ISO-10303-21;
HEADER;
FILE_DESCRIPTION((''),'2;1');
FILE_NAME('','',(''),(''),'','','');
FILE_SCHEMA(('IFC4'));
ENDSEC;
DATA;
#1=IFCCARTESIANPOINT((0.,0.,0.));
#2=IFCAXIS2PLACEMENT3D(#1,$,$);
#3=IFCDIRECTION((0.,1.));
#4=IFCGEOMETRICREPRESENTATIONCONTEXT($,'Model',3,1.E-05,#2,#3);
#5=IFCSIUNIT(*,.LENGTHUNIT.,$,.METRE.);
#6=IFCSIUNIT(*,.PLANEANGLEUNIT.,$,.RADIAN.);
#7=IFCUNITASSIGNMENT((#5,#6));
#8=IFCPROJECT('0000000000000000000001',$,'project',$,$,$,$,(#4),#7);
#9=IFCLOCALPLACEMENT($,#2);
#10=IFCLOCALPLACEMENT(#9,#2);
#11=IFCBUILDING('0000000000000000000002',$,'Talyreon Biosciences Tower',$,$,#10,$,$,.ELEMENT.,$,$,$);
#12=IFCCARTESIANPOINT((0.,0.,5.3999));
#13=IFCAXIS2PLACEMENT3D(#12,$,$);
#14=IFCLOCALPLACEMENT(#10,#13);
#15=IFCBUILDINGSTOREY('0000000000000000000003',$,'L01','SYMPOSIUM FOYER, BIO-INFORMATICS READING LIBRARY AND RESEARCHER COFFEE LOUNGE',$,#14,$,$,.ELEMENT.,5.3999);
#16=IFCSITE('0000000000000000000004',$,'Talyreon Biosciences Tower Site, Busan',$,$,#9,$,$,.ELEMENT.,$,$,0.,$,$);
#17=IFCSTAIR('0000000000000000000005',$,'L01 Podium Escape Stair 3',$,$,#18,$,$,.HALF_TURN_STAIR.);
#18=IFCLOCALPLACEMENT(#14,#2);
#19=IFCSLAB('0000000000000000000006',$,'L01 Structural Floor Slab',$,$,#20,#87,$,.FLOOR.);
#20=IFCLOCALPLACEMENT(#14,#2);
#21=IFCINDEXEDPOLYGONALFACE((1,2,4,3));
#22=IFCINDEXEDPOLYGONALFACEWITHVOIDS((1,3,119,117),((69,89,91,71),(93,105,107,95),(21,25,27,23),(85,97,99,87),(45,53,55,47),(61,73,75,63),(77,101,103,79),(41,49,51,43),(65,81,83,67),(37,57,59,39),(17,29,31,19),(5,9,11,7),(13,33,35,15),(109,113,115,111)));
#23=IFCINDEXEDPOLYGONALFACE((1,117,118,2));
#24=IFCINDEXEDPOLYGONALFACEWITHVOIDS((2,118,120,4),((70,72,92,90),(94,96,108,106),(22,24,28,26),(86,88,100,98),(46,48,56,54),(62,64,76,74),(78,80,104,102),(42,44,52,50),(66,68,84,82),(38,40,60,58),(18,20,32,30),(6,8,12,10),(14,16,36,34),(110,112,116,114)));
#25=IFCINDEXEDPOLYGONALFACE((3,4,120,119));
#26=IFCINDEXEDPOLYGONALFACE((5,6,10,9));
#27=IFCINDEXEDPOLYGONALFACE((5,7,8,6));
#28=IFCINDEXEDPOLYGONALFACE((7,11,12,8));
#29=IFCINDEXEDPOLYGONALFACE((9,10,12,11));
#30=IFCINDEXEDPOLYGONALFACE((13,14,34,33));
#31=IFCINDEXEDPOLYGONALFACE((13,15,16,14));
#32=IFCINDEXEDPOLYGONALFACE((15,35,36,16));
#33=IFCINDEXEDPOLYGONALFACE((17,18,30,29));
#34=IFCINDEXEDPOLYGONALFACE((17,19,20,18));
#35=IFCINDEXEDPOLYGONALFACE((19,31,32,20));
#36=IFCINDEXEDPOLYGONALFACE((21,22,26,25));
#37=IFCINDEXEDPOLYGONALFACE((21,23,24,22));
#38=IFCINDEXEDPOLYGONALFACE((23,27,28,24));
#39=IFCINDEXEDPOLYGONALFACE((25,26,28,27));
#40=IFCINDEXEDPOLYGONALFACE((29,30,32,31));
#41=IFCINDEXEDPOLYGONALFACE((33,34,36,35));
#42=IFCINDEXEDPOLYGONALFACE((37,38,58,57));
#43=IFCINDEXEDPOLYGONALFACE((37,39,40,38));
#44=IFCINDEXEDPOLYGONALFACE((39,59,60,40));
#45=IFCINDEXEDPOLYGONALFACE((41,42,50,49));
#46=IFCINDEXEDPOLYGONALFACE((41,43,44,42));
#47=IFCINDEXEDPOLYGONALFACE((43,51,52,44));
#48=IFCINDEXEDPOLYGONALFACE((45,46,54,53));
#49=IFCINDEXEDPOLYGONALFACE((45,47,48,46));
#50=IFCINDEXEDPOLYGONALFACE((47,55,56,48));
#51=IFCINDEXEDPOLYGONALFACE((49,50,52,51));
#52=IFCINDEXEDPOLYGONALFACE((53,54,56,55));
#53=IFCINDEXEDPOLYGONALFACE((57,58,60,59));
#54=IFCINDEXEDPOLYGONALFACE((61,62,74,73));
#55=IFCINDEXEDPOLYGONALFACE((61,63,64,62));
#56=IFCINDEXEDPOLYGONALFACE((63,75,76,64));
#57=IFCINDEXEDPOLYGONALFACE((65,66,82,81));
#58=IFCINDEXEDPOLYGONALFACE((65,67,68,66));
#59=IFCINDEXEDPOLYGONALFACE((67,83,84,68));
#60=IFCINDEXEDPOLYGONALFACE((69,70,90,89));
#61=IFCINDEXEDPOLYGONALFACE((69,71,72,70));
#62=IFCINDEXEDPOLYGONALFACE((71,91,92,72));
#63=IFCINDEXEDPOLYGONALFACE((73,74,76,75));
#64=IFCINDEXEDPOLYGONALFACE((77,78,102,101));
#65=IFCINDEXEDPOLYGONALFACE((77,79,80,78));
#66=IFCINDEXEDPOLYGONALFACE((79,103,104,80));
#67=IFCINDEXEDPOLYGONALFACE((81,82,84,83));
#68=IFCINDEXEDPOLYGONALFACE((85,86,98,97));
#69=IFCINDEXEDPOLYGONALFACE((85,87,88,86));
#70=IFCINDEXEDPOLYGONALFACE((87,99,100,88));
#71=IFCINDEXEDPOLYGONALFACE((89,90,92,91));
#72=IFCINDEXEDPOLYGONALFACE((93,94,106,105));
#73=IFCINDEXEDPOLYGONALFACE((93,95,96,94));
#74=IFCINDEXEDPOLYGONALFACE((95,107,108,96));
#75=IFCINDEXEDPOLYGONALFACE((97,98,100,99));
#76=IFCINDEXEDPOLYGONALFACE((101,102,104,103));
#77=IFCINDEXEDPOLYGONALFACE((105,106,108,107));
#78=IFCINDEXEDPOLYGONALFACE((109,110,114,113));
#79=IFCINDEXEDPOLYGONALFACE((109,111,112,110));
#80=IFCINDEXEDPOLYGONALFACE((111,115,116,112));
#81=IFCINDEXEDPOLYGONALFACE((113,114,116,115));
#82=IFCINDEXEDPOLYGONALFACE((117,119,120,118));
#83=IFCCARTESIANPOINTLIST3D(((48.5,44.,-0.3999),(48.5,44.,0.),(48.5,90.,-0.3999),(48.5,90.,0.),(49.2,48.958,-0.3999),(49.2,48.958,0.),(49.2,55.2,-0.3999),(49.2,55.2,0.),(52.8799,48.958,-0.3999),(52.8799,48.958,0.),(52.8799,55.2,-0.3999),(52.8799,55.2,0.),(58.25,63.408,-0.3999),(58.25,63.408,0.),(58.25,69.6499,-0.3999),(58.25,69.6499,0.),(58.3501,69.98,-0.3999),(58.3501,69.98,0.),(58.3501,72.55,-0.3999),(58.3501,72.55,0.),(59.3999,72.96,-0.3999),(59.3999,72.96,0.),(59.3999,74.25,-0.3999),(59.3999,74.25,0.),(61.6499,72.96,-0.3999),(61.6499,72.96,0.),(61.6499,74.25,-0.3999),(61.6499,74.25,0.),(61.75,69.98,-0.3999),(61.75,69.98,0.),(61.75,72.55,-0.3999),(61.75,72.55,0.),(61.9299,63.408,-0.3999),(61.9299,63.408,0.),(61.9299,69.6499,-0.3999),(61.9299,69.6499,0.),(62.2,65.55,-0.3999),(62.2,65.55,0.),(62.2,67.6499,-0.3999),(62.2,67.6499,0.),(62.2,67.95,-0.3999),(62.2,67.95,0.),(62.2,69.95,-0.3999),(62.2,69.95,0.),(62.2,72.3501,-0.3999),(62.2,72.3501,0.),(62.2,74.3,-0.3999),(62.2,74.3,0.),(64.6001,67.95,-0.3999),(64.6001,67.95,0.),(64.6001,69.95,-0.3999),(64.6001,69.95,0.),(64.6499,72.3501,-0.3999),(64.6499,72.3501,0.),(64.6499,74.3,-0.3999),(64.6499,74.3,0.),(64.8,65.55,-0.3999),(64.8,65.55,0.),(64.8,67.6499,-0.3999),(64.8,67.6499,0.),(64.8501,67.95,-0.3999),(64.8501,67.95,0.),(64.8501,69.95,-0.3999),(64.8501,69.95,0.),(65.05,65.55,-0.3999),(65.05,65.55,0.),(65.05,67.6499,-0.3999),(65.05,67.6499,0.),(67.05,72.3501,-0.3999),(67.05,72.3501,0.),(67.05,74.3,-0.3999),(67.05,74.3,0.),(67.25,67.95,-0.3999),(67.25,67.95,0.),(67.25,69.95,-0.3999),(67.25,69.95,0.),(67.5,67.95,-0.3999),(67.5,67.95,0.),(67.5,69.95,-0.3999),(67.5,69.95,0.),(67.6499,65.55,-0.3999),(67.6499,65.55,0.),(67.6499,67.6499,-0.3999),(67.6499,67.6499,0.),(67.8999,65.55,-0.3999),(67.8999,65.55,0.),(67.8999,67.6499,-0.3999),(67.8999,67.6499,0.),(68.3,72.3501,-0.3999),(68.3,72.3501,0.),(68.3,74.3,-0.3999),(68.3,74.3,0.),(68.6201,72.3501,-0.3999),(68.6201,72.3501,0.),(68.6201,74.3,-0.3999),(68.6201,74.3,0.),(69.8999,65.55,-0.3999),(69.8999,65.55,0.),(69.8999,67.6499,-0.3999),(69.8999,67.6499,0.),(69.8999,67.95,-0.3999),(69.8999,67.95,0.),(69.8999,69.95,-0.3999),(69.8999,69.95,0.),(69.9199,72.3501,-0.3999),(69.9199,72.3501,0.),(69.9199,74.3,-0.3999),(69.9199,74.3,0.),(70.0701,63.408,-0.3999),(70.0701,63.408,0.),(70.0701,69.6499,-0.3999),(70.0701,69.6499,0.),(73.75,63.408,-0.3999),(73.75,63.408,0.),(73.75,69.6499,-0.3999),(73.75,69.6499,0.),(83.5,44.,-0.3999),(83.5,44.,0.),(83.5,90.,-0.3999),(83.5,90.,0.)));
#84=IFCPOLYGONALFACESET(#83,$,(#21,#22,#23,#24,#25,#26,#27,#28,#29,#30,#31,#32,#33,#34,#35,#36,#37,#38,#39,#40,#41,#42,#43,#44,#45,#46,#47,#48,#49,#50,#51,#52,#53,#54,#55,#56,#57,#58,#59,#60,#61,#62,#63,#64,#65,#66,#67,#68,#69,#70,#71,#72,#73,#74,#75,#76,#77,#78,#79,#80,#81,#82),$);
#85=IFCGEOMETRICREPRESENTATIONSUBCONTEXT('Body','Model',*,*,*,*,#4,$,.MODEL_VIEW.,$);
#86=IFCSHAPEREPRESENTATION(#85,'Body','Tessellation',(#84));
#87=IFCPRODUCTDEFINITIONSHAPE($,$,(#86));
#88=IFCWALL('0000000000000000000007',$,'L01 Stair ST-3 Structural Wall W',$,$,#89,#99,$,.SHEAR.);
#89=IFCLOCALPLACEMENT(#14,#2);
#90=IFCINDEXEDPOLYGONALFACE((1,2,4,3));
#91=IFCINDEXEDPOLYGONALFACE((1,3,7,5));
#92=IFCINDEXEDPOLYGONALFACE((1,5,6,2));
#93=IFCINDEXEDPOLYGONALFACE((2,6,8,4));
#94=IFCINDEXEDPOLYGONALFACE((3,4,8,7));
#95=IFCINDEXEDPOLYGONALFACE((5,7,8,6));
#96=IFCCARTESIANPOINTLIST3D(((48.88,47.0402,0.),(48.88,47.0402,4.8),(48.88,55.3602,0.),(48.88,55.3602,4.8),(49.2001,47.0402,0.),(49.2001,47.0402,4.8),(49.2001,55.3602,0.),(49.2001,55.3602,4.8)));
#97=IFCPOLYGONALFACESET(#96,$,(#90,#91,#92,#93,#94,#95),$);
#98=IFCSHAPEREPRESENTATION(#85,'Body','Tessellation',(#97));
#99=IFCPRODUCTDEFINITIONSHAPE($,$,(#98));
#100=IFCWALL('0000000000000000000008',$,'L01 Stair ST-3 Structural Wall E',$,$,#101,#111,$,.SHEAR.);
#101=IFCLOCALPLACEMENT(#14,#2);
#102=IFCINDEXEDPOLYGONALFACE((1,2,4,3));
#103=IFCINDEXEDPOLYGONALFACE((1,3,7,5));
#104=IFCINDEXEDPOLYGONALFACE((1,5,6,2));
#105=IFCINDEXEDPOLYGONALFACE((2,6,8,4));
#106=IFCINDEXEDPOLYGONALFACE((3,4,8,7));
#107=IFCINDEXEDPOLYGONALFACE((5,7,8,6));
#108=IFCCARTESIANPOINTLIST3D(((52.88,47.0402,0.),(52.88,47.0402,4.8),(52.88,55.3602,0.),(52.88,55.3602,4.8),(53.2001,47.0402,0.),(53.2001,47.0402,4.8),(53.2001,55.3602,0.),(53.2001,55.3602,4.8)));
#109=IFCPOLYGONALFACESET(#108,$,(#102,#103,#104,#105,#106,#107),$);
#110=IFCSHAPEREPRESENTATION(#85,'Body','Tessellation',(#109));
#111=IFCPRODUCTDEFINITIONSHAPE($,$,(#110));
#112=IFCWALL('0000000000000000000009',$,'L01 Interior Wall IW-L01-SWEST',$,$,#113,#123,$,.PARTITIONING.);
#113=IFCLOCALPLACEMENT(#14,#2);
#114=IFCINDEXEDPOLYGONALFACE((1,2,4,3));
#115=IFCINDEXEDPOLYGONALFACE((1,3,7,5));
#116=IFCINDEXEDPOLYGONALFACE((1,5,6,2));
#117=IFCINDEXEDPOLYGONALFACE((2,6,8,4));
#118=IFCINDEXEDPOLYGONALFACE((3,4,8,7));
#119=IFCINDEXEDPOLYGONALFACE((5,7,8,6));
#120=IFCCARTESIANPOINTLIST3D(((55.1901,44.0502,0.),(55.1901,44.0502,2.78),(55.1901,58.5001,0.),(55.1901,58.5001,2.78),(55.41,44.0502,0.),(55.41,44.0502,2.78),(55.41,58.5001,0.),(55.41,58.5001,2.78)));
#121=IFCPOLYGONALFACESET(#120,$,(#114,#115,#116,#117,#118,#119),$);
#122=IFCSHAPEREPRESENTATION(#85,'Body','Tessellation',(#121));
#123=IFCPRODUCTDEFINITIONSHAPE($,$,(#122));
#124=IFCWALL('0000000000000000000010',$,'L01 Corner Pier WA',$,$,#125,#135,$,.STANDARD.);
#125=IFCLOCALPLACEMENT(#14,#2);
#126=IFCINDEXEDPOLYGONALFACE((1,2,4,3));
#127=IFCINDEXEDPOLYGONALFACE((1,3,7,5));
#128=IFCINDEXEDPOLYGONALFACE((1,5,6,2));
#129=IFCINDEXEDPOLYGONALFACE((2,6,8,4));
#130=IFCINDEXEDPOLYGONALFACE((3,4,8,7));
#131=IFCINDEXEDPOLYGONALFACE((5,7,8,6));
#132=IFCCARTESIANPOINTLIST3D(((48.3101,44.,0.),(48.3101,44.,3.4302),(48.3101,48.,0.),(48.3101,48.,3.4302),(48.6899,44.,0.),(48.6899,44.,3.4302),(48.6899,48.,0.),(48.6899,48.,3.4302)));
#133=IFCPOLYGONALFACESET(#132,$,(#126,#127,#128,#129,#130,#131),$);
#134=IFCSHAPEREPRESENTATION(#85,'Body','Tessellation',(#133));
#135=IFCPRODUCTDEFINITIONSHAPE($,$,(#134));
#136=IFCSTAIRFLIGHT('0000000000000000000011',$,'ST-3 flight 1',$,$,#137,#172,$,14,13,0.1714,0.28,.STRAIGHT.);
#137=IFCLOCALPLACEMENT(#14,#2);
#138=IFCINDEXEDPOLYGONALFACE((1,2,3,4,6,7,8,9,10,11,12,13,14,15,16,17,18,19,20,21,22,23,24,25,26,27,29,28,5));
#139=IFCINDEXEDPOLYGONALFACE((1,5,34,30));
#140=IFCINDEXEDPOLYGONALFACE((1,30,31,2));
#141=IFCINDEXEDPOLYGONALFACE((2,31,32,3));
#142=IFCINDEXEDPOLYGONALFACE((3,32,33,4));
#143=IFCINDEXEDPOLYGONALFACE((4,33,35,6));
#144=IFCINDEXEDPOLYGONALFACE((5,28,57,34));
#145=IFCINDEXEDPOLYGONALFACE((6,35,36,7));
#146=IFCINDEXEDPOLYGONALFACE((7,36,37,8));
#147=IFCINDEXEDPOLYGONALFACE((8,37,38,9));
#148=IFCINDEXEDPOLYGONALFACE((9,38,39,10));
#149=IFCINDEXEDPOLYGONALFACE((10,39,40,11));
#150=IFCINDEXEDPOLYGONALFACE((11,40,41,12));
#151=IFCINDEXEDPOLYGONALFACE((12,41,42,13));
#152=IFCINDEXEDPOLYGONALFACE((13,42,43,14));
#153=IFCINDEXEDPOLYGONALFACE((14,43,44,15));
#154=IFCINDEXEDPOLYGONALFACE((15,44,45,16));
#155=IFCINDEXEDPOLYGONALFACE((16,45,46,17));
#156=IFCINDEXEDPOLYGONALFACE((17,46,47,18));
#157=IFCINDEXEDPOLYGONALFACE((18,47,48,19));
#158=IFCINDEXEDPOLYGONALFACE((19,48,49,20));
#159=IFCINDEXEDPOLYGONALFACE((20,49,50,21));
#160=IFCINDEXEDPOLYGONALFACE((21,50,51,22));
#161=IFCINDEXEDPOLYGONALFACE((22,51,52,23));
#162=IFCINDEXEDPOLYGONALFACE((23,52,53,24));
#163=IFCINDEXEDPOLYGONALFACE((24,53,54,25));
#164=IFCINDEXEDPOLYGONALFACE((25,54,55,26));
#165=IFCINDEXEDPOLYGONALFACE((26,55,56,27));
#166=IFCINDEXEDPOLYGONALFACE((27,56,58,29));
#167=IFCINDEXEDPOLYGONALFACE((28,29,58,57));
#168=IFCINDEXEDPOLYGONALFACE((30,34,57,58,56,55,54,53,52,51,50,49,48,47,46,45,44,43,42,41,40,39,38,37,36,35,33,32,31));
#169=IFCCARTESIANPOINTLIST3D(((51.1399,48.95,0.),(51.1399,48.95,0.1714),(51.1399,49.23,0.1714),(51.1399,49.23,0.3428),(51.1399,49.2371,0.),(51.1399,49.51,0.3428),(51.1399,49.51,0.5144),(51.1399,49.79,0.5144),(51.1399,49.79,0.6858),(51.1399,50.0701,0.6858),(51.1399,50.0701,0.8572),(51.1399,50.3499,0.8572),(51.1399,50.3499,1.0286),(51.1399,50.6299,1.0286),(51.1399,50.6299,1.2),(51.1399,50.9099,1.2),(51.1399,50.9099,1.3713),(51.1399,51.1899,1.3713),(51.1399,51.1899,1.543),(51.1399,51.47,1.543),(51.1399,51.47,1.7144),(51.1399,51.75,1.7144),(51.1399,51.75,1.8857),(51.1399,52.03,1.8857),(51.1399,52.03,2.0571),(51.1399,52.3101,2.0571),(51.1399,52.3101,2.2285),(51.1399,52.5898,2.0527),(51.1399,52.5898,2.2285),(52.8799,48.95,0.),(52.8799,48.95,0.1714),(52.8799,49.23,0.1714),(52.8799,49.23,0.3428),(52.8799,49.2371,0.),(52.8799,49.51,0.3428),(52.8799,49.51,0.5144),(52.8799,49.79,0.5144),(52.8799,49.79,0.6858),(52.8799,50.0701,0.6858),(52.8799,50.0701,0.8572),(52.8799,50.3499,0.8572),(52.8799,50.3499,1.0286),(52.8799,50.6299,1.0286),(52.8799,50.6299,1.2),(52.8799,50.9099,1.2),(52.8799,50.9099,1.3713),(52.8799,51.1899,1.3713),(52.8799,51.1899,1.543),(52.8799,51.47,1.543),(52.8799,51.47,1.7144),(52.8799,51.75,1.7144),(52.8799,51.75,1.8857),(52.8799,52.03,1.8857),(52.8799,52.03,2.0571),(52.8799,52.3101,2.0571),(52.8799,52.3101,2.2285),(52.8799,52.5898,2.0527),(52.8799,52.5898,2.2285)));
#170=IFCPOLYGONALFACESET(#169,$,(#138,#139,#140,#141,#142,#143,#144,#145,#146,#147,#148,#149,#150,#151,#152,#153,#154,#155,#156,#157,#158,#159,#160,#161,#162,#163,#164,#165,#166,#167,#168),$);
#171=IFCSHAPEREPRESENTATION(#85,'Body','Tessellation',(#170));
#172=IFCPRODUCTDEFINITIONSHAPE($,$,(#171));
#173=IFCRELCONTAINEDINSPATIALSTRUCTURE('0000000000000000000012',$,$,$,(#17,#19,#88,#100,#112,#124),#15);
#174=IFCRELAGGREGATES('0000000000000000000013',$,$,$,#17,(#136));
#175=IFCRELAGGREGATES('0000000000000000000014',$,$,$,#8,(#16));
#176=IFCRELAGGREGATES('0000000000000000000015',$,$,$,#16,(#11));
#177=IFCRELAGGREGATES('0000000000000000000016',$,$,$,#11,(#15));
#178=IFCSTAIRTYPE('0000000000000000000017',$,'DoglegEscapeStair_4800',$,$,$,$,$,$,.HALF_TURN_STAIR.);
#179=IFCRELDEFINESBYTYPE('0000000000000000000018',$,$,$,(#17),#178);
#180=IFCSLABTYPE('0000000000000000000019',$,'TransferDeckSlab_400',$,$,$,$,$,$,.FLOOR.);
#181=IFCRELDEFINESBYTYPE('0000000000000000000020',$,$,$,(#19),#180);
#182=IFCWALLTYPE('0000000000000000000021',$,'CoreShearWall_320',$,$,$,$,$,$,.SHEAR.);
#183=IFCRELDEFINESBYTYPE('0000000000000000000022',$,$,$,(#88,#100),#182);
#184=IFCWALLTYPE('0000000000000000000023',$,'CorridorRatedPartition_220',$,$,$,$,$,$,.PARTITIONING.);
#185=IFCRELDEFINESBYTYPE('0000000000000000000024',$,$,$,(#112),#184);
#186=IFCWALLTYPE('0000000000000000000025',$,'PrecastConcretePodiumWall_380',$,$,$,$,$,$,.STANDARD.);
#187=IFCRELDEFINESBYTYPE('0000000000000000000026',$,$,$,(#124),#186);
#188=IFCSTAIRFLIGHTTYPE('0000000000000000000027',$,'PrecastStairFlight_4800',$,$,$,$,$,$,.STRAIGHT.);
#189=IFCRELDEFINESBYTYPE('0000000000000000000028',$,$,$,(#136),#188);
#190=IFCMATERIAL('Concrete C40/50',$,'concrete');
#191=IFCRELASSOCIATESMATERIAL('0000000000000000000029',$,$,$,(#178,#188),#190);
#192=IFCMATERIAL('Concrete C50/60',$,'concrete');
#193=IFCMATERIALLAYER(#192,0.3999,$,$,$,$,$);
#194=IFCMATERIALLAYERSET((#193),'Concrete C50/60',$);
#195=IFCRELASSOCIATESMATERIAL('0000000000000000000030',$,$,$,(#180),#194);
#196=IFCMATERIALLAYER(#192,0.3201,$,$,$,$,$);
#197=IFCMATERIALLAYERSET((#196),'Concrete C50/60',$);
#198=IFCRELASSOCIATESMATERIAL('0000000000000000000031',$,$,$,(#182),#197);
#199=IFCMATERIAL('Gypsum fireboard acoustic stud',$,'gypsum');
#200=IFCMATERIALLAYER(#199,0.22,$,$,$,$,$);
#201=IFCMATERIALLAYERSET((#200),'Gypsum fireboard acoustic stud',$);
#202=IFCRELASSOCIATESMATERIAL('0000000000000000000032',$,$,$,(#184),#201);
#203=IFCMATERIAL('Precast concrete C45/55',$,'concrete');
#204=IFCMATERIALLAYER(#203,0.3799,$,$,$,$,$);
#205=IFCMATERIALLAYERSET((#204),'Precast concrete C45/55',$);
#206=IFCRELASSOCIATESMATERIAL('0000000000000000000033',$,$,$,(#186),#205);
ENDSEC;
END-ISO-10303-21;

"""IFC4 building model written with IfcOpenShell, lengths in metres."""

from ifc_helpers import new_model, si_unit, direction, frame, frame_2d, origin, place, context, subcontext, project, spatial, polyline, rectangle, outline, extrude, material, layer, layer_set, type_object, element, aggregate, save


model = new_model("IFC4")

# Units and contexts
model_context = context("Model", 3, precision=1e-05, world=origin(), true_north=direction((0.0, 1.0)))
body_context = subcontext(model_context, "Body", "Model", "MODEL_VIEW")
ifc_project = project(units=[si_unit("LENGTHUNIT", "METRE"), si_unit("PLANEANGLEUNIT", "RADIAN")], contexts=[model_context])

# Site, building, storey
site_placement = place(None, origin())
site = spatial("IfcSite", under=ifc_project, at=site_placement, Name="Talyreon Biosciences Tower Site, Busan", CompositionType="ELEMENT", RefElevation=0.0)
building_placement = place(site_placement, origin())
building = spatial("IfcBuilding", under=site, at=building_placement, Name="Talyreon Biosciences Tower", CompositionType="ELEMENT")
storey_placement = place(building_placement, frame((0.0, 0.0, 5.3999)))
storey = spatial("IfcBuildingStorey", under=building, at=storey_placement, Name="L01", Description="SYMPOSIUM FOYER, BIO-INFORMATICS READING LIBRARY AND RESEARCHER COFFEE LOUNGE", CompositionType="ELEMENT", Elevation=5.3999)

# Shared definitions
ifc_material_1 = material(Name="Concrete C50/60", Category="concrete")

# Stair
ifc_material_2 = material(Name="Concrete C40/50", Category="concrete")
stair_type = type_object("IfcStairType", Name="DoglegEscapeStair_4800", PredefinedType="HALF_TURN_STAIR", material=ifc_material_2)
stair_1_placement = place(storey_placement, origin())
stair_1 = element("IfcStair", 1, at=stair_1_placement, inside=storey, type_object=stair_type, Name="L01 Podium Escape Stair 3", PredefinedType="HALF_TURN_STAIR")

# Slab
ifc_layer_1 = layer(ifc_material_1, 0.3999)
ifc_layer_set_1 = layer_set([ifc_layer_1], Name="Concrete C50/60")
slab_type_1 = type_object("IfcSlabType", Name="TransferDeckSlab_400", PredefinedType="FLOOR", material=ifc_layer_set_1)
slab_1_placement = place(storey_placement, frame((0.0, 0.0, -0.3999)))
element("IfcSlab", 2, at=slab_1_placement, inside=storey, type_object=slab_type_1, Name="L01 Structural Floor Slab", PredefinedType="FLOOR", context=body_context, shape_type="SweptSolid", body=[
    extrude(outline(polyline([(48.5, 44.0), (83.5, 44.0), (83.5, 90.0), (48.5, 90.0), (48.5, 44.0)]), holes=[polyline([(52.8799, 55.2), (52.8799, 48.958), (49.2, 48.958), (49.2, 55.2), (52.8799, 55.2)]), polyline([(61.9299, 63.408), (58.25, 63.408), (58.25, 69.6499), (61.9299, 69.6499), (61.9299, 63.408)]), polyline([(64.8, 65.55), (62.2, 65.55), (62.2, 67.6499), (64.8, 67.6499), (64.8, 65.55)]), polyline([(64.6001, 67.95), (62.2, 67.95), (62.2, 69.95), (64.6001, 69.95), (64.6001, 67.95)]), polyline([(61.75, 69.98), (58.3501, 69.98), (58.3501, 72.55), (61.75, 72.55), (61.75, 69.98)]), polyline([(64.6499, 72.3501), (62.2, 72.3501), (62.2, 74.3), (64.6499, 74.3), (64.6499, 72.3501)]), polyline([(61.6499, 72.96), (59.3999, 72.96), (59.3999, 74.25), (61.6499, 74.25), (61.6499, 72.96)]), polyline([(73.75, 69.6499), (73.75, 63.408), (70.0701, 63.408), (70.0701, 69.6499), (73.75, 69.6499)]), polyline([(67.6499, 65.55), (65.05, 65.55), (65.05, 67.6499), (67.6499, 67.6499), (67.6499, 65.55)]), polyline([(69.8999, 65.55), (67.8999, 65.55), (67.8999, 67.6499), (69.8999, 67.6499), (69.8999, 65.55)]), polyline([(67.25, 67.95), (64.8501, 67.95), (64.8501, 69.95), (67.25, 69.95), (67.25, 67.95)]), polyline([(69.8999, 67.95), (67.5, 67.95), (67.5, 69.95), (69.8999, 69.95), (69.8999, 67.95)]), polyline([(68.3, 72.3501), (67.05, 72.3501), (67.05, 74.3), (68.3, 74.3), (68.3, 72.3501)]), polyline([(69.9199, 72.3501), (68.6201, 72.3501), (68.6201, 74.3), (69.9199, 74.3), (69.9199, 72.3501)])]), origin(), (0.0, 0.0, 1.0), 0.3999),
])

# Walls
ifc_layer_2 = layer(ifc_material_1, 0.3201)
ifc_layer_set_2 = layer_set([ifc_layer_2], Name="Concrete C50/60")
wall_type_1 = type_object("IfcWallType", Name="CoreShearWall_320", PredefinedType="SHEAR", material=ifc_layer_set_2)
for number, where, z_axis, x_axis, name in (
    (3, (49.04, 47.04, 0.0), (0.0, 0.0, 1.0), (0.0, 1.0, 0.0), "L01 Stair ST-3 Structural Wall W"),
    (4, (53.04, 47.04, 0.0), (0.0, 0.0, 1.0), (0.0, 1.0, 0.0), "L01 Stair ST-3 Structural Wall E"),
):
    element("IfcWall", number, at=place(storey_placement, frame(where, z_axis=z_axis, x_axis=x_axis)), inside=storey, type_object=wall_type_1, Name=name, PredefinedType="SHEAR", context=body_context, shape_type="SweptSolid", body=[
        extrude(rectangle(XDim=8.3201, YDim=0.3201, at=frame_2d((4.1602, 0.0))), origin(), (0.0, 0.0, 1.0), 4.8),
    ])

# Walls
ifc_material_3 = material(Name="Gypsum fireboard acoustic stud", Category="gypsum")
ifc_layer_3 = layer(ifc_material_3, 0.22)
ifc_layer_set_3 = layer_set([ifc_layer_3], Name="Gypsum fireboard acoustic stud")
wall_type_2 = type_object("IfcWallType", Name="CorridorRatedPartition_220", PredefinedType="PARTITIONING", material=ifc_layer_set_3)
wall_1_placement = place(storey_placement, frame((55.3, 44.05, 0.0), z_axis=(0.0, 0.0, 1.0), x_axis=(0.0, 1.0, 0.0)))
element("IfcWall", 5, at=wall_1_placement, inside=storey, type_object=wall_type_2, Name="L01 Interior Wall IW-L01-SWEST", PredefinedType="PARTITIONING", context=body_context, shape_type="SweptSolid", body=[
    extrude(rectangle(XDim=14.45, YDim=0.22, at=frame_2d((7.2251, 0.0))), origin(), (0.0, 0.0, 1.0), 2.78),
])
ifc_material_4 = material(Name="Precast concrete C45/55", Category="concrete")
ifc_layer_4 = layer(ifc_material_4, 0.3799)
ifc_layer_set_4 = layer_set([ifc_layer_4], Name="Precast concrete C45/55")
wall_type_3 = type_object("IfcWallType", Name="PrecastConcretePodiumWall_380", PredefinedType="STANDARD", material=ifc_layer_set_4)
wall_2_placement = place(storey_placement, frame((48.5, 44.0, 0.0), z_axis=(0.0, 0.0, 1.0), x_axis=(0.0, 1.0, 0.0)))
element("IfcWall", 6, at=wall_2_placement, inside=storey, type_object=wall_type_3, Name="L01 Corner Pier WA", PredefinedType="STANDARD", context=body_context, shape_type="SweptSolid", body=[
    extrude(rectangle(XDim=4.0, YDim=0.3799, at=frame_2d((2.0, 0.0))), origin(), (0.0, 0.0, 1.0), 3.4302),
])

# Stair flight
stair_flight_type = type_object("IfcStairFlightType", Name="PrecastStairFlight_4800", PredefinedType="STRAIGHT", material=ifc_material_2)
stair_flight_placement = place(storey_placement, frame((52.01, 48.95, 0.0), z_axis=(0.0, 0.0, 1.0), x_axis=(0.0, 1.0, 0.0)))
stair_flight = element("IfcStairFlight", 7, at=stair_flight_placement, type_object=stair_flight_type, Name="ST-3 flight 1", NumberOfRisers=14, NumberOfTreads=13, PredefinedType="STRAIGHT", RiserHeight=0.1714, TreadLength=0.28, context=body_context, shape_type="SweptSolid", body=[
    extrude(outline(polyline([(0.0, 0.0), (0.0, 0.1714), (0.28, 0.1714), (0.28, 0.3428), (0.5601, 0.3428), (0.5601, 0.5144), (0.8401, 0.5144), (0.8401, 0.6858), (1.1201, 0.6858), (1.1201, 0.8572), (1.3999, 0.8572), (1.3999, 1.0286), (1.6799, 1.0286), (1.6799, 1.2), (1.96, 1.2), (1.96, 1.3713), (2.24, 1.3713), (2.24, 1.543), (2.52, 1.543), (2.52, 1.7144), (2.8, 1.7144), (2.8, 1.8857), (3.0801, 1.8857), (3.0801, 2.0571), (3.3601, 2.0571), (3.3601, 2.2285), (3.6399, 2.2285), (3.6399, 2.3999), (3.6399, 2.0527), (0.2871, 0.0), (0.0, 0.0)])), frame((0.0, 0.8701, 0.0), z_axis=(0.0, -1.0, 0.0), x_axis=(1.0, 0.0, 0.0)), (0.0, 0.0, 1.0), 1.74),
])
aggregate(stair_1, [stair_flight])

save(model, "model.ifc")
